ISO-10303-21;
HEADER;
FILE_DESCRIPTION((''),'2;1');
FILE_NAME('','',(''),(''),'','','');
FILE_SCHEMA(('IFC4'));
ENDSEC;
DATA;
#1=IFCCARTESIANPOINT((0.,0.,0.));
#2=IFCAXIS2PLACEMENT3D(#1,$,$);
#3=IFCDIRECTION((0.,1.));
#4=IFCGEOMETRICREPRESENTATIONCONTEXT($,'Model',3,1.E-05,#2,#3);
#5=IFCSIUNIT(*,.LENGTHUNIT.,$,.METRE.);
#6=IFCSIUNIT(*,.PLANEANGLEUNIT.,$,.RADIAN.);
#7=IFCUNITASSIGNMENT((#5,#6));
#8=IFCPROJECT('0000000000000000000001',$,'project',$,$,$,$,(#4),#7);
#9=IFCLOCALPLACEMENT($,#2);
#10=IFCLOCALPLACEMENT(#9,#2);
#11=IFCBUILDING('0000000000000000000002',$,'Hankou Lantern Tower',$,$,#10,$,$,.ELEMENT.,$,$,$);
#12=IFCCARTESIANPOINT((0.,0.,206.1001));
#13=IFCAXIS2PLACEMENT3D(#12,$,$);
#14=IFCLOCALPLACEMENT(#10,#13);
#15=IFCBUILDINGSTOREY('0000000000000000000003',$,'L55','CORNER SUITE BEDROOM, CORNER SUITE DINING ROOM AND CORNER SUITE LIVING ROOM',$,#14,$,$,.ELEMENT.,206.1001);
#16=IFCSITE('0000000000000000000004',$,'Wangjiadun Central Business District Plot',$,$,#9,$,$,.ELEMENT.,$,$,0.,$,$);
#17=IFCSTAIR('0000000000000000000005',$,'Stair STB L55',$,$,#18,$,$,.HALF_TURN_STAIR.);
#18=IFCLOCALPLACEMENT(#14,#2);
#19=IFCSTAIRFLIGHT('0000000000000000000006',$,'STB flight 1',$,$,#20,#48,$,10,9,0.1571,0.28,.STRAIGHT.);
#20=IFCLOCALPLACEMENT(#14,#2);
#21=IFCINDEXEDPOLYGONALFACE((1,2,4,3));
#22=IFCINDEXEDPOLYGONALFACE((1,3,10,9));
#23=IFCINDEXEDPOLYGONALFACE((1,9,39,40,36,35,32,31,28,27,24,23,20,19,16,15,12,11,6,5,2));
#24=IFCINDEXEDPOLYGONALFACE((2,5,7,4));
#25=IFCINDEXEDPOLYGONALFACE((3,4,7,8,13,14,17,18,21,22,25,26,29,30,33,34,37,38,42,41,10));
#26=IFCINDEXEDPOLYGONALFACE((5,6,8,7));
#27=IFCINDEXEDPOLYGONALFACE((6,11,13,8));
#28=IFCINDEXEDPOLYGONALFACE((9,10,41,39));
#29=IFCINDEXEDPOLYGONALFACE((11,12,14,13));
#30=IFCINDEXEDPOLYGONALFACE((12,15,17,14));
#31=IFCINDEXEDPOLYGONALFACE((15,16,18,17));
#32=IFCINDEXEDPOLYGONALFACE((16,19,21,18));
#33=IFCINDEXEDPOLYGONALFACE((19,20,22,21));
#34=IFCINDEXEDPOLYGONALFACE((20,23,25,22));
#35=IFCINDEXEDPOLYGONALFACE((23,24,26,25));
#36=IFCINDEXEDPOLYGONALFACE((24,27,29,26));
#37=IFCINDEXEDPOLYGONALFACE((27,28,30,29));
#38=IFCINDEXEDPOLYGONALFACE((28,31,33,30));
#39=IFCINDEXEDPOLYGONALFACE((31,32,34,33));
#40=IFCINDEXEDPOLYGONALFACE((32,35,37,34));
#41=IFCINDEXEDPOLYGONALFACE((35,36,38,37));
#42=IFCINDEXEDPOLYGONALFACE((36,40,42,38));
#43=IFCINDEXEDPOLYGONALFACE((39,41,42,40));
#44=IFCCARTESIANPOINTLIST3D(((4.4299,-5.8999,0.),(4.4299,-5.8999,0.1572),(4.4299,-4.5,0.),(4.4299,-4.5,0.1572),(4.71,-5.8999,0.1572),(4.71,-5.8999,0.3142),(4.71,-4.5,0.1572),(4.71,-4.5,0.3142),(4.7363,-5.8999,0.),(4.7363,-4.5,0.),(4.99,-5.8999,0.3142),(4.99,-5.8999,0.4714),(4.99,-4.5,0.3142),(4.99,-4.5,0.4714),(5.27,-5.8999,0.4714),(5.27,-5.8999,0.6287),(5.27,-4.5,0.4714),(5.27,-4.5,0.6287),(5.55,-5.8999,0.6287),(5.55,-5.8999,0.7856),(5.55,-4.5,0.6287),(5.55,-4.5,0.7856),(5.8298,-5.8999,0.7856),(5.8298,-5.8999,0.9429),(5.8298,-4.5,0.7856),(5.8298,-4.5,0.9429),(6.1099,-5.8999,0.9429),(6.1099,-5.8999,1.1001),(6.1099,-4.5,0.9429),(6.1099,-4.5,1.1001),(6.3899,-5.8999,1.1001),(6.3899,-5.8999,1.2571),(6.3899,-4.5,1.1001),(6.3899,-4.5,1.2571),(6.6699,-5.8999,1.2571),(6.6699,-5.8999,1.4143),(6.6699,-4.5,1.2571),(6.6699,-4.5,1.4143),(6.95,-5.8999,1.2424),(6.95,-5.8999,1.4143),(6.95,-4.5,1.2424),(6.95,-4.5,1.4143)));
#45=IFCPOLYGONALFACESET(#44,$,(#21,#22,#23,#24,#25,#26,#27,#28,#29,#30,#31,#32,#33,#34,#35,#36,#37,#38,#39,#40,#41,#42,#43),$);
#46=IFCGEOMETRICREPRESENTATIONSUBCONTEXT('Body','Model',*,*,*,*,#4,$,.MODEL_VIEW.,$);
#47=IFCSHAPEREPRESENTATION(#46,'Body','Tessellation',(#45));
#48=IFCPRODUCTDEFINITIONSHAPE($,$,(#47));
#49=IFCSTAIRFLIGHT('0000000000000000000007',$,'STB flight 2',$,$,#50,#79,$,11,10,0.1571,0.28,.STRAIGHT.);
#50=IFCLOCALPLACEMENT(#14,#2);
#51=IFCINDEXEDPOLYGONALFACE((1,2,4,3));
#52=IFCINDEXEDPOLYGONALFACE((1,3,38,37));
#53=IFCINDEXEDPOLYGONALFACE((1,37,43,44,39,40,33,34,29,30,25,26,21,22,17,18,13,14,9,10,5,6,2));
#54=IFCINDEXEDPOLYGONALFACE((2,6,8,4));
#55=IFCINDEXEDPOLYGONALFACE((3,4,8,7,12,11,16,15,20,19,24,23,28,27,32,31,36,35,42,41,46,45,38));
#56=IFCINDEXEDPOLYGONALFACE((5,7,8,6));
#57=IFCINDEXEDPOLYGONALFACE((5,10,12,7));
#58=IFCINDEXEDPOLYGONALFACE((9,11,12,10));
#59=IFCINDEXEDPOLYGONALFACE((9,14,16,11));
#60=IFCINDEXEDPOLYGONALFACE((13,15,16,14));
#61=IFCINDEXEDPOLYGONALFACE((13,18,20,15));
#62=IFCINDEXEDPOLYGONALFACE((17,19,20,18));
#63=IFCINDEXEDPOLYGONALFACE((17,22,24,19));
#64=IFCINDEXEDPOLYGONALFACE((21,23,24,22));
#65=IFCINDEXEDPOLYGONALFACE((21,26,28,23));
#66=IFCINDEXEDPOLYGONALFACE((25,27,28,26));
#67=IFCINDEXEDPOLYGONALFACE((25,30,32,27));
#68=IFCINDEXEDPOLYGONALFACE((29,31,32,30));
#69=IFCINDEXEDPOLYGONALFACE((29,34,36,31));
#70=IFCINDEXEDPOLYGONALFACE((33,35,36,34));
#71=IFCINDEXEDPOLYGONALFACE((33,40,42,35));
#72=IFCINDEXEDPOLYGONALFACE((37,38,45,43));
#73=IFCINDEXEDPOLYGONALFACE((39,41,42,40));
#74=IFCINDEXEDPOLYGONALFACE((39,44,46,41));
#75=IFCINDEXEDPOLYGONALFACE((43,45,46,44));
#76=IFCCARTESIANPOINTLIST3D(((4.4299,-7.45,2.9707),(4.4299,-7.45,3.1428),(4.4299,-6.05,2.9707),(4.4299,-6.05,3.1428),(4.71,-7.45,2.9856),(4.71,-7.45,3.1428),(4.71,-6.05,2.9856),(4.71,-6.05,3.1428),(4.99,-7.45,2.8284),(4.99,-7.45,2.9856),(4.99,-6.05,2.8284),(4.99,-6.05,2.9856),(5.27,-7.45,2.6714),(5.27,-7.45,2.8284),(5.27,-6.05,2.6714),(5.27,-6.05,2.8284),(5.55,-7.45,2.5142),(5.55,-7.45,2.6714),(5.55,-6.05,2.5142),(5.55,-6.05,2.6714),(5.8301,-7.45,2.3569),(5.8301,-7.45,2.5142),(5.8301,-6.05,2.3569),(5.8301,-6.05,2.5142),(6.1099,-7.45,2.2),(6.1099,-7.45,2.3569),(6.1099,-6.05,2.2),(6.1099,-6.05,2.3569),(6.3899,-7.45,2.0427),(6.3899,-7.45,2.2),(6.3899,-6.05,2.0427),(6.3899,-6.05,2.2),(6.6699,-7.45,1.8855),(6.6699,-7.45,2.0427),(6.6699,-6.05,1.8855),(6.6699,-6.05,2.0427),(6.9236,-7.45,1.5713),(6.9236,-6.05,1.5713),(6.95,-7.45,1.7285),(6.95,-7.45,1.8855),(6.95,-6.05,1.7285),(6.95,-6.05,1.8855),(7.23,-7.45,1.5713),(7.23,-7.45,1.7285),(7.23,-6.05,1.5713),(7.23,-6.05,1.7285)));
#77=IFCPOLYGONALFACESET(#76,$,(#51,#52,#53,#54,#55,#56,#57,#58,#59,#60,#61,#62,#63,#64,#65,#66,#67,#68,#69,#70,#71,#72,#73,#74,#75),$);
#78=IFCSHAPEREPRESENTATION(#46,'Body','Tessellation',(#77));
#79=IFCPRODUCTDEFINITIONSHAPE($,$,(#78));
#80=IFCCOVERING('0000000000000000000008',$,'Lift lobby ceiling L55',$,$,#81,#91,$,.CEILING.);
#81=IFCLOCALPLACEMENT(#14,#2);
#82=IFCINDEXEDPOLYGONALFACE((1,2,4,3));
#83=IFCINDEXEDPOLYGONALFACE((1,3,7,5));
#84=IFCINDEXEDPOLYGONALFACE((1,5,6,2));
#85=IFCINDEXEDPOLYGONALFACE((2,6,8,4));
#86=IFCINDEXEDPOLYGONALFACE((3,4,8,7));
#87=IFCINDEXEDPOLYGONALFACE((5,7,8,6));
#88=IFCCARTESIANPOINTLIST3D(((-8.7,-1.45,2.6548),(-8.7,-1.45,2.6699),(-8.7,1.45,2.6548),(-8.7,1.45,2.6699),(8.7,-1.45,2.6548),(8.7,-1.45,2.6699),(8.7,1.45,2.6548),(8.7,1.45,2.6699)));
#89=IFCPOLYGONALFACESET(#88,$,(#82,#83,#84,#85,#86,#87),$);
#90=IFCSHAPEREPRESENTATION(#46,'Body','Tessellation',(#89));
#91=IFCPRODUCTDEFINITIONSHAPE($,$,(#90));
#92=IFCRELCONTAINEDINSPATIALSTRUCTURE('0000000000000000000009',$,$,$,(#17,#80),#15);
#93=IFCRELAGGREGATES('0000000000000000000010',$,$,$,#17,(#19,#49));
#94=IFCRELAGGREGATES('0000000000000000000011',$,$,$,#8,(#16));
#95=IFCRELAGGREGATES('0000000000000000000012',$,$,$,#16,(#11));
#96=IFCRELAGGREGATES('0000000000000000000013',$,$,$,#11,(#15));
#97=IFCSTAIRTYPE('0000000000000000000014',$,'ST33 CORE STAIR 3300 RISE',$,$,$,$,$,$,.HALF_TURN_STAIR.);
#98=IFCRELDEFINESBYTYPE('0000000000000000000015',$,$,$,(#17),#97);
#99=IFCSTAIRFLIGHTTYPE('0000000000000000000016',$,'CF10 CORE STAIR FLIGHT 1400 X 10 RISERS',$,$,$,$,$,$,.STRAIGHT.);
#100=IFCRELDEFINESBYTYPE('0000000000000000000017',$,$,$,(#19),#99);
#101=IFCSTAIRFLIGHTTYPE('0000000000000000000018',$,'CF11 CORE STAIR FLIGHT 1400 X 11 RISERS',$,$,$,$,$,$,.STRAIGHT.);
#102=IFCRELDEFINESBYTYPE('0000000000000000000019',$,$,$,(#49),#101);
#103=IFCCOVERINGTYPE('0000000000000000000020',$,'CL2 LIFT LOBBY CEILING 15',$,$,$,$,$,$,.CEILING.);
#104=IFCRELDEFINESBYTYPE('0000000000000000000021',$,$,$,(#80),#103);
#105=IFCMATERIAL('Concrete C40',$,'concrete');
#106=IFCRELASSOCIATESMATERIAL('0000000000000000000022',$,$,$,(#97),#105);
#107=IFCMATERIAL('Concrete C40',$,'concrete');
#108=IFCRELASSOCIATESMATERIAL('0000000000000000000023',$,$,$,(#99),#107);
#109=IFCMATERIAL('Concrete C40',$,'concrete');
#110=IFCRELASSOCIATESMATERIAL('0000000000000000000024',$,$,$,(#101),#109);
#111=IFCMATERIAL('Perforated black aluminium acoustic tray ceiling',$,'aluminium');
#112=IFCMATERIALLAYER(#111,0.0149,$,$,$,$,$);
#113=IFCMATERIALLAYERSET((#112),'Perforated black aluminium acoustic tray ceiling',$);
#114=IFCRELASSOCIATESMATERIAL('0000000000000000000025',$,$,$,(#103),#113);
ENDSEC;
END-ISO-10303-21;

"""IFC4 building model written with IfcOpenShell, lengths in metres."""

from ifc_helpers import new_model, si_unit, direction, frame, origin, place, context, subcontext, project, spatial, polyline, outline, extrude, material, layer, layer_set, type_object, element, aggregate, save


model = new_model("IFC4")

# Units and contexts
model_context = context("Model", 3, precision=1e-05, world=origin(), true_north=direction((0.0, 1.0)))
body_context = subcontext(model_context, "Body", "Model", "MODEL_VIEW")
ifc_project = project(units=[si_unit("LENGTHUNIT", "METRE"), si_unit("PLANEANGLEUNIT", "RADIAN")], contexts=[model_context])

# Site, building, storey
site_placement = place(None, origin())
site = spatial("IfcSite", under=ifc_project, at=site_placement, Name="Wangjiadun Central Business District Plot", CompositionType="ELEMENT", RefElevation=0.0)
building_placement = place(site_placement, origin())
building = spatial("IfcBuilding", under=site, at=building_placement, Name="Hankou Lantern Tower", CompositionType="ELEMENT")
storey_placement = place(building_placement, frame((0.0, 0.0, 206.1001)))
storey = spatial("IfcBuildingStorey", under=building, at=storey_placement, Name="L55", Description="CORNER SUITE BEDROOM, CORNER SUITE DINING ROOM AND CORNER SUITE LIVING ROOM", CompositionType="ELEMENT", Elevation=206.1001)

# Stair, stair flights
ifc_material_1 = material(Name="Concrete C40", Category="concrete")
stair_type = type_object("IfcStairType", Name="ST33 CORE STAIR 3300 RISE", PredefinedType="HALF_TURN_STAIR", material=ifc_material_1)
stair_placement = place(storey_placement, origin())
stair = element("IfcStair", 1, at=stair_placement, inside=storey, type_object=stair_type, Name="Stair STB L55", PredefinedType="HALF_TURN_STAIR")
ifc_material_2 = material(Name="Concrete C40", Category="concrete")
stair_flight_type_1 = type_object("IfcStairFlightType", Name="CF10 CORE STAIR FLIGHT 1400 X 10 RISERS", PredefinedType="STRAIGHT", material=ifc_material_2)
stair_flight_1_placement = place(storey_placement, frame((4.4299, -5.2, 0.0), z_axis=(0.0, 0.0, 1.0), x_axis=(1.0, 0.0, 0.0)))
stair_flight_1 = element("IfcStairFlight", 2, at=stair_flight_1_placement, type_object=stair_flight_type_1, Name="STB flight 1", NumberOfRisers=10, NumberOfTreads=9, PredefinedType="STRAIGHT", RiserHeight=0.1571, TreadLength=0.28, context=body_context, shape_type="SweptSolid", body=[
    extrude(outline(polyline([(0.0, 0.0), (0.0, 0.1572), (0.28, 0.1572), (0.28, 0.3142), (0.5601, 0.3142), (0.5601, 0.4714), (0.8401, 0.4714), (0.8401, 0.6287), (1.1201, 0.6287), (1.1201, 0.7856), (1.3999, 0.7856), (1.3999, 0.9429), (1.6799, 0.9429), (1.6799, 1.1001), (1.96, 1.1001), (1.96, 1.2571), (2.24, 1.2571), (2.24, 1.4143), (2.52, 1.4143), (2.52, 1.5715), (2.52, 1.2424), (0.3064, 0.0), (0.0, 0.0)])), frame((0.0, 0.7, 0.0), z_axis=(0.0, -1.0, 0.0), x_axis=(1.0, 0.0, 0.0)), (0.0, 0.0, 1.0), 1.3999),
])
ifc_material_3 = material(Name="Concrete C40", Category="concrete")
stair_flight_type_2 = type_object("IfcStairFlightType", Name="CF11 CORE STAIR FLIGHT 1400 X 11 RISERS", PredefinedType="STRAIGHT", material=ifc_material_3)
stair_flight_2_placement = place(storey_placement, frame((7.23, -6.75, 1.5713), z_axis=(0.0, 0.0, 1.0), x_axis=(-1.0, 0.0, 0.0)))
stair_flight_2 = element("IfcStairFlight", 3, at=stair_flight_2_placement, type_object=stair_flight_type_2, Name="STB flight 2", NumberOfRisers=11, NumberOfTreads=10, PredefinedType="STRAIGHT", RiserHeight=0.1571, TreadLength=0.28, context=body_context, shape_type="SweptSolid", body=[
    extrude(outline(polyline([(0.0, 0.0), (0.0, 0.1572), (0.28, 0.1572), (0.28, 0.3142), (0.5601, 0.3142), (0.5601, 0.4714), (0.8401, 0.4714), (0.8401, 0.6287), (1.1201, 0.6287), (1.1201, 0.7856), (1.3999, 0.7856), (1.3999, 0.9429), (1.6799, 0.9429), (1.6799, 1.1001), (1.96, 1.1001), (1.96, 1.2571), (2.24, 1.2571), (2.24, 1.4143), (2.52, 1.4143), (2.52, 1.5715), (2.8, 1.5715), (2.8, 1.7285), (2.8, 1.3994), (0.3064, 0.0), (0.0, 0.0)])), frame((0.0, 0.7, 0.0), z_axis=(0.0, -1.0, 0.0), x_axis=(1.0, 0.0, 0.0)), (0.0, 0.0, 1.0), 1.3999),
])
aggregate(stair, [stair_flight_1, stair_flight_2])

# Covering
ifc_material_4 = material(Name="Perforated black aluminium acoustic tray ceiling", Category="aluminium")
ifc_layer_1 = layer(ifc_material_4, 0.0149)
ifc_layer_set_1 = layer_set([ifc_layer_1], Name="Perforated black aluminium acoustic tray ceiling")
covering_type = type_object("IfcCoveringType", Name="CL2 LIFT LOBBY CEILING 15", PredefinedType="CEILING", material=ifc_layer_set_1)
covering_placement = place(storey_placement, frame((0.0, 0.0, 2.6548)))
element("IfcCovering", 4, at=covering_placement, inside=storey, type_object=covering_type, Name="Lift lobby ceiling L55", PredefinedType="CEILING", context=body_context, shape_type="SweptSolid", body=[
    extrude(outline(polyline([(-8.7, -1.45), (8.7, -1.45), (8.7, 1.45), (-8.7, 1.45), (-8.7, -1.45)])), origin(), (0.0, 0.0, 1.0), 0.0151),
])

save(model, "model.ifc")
